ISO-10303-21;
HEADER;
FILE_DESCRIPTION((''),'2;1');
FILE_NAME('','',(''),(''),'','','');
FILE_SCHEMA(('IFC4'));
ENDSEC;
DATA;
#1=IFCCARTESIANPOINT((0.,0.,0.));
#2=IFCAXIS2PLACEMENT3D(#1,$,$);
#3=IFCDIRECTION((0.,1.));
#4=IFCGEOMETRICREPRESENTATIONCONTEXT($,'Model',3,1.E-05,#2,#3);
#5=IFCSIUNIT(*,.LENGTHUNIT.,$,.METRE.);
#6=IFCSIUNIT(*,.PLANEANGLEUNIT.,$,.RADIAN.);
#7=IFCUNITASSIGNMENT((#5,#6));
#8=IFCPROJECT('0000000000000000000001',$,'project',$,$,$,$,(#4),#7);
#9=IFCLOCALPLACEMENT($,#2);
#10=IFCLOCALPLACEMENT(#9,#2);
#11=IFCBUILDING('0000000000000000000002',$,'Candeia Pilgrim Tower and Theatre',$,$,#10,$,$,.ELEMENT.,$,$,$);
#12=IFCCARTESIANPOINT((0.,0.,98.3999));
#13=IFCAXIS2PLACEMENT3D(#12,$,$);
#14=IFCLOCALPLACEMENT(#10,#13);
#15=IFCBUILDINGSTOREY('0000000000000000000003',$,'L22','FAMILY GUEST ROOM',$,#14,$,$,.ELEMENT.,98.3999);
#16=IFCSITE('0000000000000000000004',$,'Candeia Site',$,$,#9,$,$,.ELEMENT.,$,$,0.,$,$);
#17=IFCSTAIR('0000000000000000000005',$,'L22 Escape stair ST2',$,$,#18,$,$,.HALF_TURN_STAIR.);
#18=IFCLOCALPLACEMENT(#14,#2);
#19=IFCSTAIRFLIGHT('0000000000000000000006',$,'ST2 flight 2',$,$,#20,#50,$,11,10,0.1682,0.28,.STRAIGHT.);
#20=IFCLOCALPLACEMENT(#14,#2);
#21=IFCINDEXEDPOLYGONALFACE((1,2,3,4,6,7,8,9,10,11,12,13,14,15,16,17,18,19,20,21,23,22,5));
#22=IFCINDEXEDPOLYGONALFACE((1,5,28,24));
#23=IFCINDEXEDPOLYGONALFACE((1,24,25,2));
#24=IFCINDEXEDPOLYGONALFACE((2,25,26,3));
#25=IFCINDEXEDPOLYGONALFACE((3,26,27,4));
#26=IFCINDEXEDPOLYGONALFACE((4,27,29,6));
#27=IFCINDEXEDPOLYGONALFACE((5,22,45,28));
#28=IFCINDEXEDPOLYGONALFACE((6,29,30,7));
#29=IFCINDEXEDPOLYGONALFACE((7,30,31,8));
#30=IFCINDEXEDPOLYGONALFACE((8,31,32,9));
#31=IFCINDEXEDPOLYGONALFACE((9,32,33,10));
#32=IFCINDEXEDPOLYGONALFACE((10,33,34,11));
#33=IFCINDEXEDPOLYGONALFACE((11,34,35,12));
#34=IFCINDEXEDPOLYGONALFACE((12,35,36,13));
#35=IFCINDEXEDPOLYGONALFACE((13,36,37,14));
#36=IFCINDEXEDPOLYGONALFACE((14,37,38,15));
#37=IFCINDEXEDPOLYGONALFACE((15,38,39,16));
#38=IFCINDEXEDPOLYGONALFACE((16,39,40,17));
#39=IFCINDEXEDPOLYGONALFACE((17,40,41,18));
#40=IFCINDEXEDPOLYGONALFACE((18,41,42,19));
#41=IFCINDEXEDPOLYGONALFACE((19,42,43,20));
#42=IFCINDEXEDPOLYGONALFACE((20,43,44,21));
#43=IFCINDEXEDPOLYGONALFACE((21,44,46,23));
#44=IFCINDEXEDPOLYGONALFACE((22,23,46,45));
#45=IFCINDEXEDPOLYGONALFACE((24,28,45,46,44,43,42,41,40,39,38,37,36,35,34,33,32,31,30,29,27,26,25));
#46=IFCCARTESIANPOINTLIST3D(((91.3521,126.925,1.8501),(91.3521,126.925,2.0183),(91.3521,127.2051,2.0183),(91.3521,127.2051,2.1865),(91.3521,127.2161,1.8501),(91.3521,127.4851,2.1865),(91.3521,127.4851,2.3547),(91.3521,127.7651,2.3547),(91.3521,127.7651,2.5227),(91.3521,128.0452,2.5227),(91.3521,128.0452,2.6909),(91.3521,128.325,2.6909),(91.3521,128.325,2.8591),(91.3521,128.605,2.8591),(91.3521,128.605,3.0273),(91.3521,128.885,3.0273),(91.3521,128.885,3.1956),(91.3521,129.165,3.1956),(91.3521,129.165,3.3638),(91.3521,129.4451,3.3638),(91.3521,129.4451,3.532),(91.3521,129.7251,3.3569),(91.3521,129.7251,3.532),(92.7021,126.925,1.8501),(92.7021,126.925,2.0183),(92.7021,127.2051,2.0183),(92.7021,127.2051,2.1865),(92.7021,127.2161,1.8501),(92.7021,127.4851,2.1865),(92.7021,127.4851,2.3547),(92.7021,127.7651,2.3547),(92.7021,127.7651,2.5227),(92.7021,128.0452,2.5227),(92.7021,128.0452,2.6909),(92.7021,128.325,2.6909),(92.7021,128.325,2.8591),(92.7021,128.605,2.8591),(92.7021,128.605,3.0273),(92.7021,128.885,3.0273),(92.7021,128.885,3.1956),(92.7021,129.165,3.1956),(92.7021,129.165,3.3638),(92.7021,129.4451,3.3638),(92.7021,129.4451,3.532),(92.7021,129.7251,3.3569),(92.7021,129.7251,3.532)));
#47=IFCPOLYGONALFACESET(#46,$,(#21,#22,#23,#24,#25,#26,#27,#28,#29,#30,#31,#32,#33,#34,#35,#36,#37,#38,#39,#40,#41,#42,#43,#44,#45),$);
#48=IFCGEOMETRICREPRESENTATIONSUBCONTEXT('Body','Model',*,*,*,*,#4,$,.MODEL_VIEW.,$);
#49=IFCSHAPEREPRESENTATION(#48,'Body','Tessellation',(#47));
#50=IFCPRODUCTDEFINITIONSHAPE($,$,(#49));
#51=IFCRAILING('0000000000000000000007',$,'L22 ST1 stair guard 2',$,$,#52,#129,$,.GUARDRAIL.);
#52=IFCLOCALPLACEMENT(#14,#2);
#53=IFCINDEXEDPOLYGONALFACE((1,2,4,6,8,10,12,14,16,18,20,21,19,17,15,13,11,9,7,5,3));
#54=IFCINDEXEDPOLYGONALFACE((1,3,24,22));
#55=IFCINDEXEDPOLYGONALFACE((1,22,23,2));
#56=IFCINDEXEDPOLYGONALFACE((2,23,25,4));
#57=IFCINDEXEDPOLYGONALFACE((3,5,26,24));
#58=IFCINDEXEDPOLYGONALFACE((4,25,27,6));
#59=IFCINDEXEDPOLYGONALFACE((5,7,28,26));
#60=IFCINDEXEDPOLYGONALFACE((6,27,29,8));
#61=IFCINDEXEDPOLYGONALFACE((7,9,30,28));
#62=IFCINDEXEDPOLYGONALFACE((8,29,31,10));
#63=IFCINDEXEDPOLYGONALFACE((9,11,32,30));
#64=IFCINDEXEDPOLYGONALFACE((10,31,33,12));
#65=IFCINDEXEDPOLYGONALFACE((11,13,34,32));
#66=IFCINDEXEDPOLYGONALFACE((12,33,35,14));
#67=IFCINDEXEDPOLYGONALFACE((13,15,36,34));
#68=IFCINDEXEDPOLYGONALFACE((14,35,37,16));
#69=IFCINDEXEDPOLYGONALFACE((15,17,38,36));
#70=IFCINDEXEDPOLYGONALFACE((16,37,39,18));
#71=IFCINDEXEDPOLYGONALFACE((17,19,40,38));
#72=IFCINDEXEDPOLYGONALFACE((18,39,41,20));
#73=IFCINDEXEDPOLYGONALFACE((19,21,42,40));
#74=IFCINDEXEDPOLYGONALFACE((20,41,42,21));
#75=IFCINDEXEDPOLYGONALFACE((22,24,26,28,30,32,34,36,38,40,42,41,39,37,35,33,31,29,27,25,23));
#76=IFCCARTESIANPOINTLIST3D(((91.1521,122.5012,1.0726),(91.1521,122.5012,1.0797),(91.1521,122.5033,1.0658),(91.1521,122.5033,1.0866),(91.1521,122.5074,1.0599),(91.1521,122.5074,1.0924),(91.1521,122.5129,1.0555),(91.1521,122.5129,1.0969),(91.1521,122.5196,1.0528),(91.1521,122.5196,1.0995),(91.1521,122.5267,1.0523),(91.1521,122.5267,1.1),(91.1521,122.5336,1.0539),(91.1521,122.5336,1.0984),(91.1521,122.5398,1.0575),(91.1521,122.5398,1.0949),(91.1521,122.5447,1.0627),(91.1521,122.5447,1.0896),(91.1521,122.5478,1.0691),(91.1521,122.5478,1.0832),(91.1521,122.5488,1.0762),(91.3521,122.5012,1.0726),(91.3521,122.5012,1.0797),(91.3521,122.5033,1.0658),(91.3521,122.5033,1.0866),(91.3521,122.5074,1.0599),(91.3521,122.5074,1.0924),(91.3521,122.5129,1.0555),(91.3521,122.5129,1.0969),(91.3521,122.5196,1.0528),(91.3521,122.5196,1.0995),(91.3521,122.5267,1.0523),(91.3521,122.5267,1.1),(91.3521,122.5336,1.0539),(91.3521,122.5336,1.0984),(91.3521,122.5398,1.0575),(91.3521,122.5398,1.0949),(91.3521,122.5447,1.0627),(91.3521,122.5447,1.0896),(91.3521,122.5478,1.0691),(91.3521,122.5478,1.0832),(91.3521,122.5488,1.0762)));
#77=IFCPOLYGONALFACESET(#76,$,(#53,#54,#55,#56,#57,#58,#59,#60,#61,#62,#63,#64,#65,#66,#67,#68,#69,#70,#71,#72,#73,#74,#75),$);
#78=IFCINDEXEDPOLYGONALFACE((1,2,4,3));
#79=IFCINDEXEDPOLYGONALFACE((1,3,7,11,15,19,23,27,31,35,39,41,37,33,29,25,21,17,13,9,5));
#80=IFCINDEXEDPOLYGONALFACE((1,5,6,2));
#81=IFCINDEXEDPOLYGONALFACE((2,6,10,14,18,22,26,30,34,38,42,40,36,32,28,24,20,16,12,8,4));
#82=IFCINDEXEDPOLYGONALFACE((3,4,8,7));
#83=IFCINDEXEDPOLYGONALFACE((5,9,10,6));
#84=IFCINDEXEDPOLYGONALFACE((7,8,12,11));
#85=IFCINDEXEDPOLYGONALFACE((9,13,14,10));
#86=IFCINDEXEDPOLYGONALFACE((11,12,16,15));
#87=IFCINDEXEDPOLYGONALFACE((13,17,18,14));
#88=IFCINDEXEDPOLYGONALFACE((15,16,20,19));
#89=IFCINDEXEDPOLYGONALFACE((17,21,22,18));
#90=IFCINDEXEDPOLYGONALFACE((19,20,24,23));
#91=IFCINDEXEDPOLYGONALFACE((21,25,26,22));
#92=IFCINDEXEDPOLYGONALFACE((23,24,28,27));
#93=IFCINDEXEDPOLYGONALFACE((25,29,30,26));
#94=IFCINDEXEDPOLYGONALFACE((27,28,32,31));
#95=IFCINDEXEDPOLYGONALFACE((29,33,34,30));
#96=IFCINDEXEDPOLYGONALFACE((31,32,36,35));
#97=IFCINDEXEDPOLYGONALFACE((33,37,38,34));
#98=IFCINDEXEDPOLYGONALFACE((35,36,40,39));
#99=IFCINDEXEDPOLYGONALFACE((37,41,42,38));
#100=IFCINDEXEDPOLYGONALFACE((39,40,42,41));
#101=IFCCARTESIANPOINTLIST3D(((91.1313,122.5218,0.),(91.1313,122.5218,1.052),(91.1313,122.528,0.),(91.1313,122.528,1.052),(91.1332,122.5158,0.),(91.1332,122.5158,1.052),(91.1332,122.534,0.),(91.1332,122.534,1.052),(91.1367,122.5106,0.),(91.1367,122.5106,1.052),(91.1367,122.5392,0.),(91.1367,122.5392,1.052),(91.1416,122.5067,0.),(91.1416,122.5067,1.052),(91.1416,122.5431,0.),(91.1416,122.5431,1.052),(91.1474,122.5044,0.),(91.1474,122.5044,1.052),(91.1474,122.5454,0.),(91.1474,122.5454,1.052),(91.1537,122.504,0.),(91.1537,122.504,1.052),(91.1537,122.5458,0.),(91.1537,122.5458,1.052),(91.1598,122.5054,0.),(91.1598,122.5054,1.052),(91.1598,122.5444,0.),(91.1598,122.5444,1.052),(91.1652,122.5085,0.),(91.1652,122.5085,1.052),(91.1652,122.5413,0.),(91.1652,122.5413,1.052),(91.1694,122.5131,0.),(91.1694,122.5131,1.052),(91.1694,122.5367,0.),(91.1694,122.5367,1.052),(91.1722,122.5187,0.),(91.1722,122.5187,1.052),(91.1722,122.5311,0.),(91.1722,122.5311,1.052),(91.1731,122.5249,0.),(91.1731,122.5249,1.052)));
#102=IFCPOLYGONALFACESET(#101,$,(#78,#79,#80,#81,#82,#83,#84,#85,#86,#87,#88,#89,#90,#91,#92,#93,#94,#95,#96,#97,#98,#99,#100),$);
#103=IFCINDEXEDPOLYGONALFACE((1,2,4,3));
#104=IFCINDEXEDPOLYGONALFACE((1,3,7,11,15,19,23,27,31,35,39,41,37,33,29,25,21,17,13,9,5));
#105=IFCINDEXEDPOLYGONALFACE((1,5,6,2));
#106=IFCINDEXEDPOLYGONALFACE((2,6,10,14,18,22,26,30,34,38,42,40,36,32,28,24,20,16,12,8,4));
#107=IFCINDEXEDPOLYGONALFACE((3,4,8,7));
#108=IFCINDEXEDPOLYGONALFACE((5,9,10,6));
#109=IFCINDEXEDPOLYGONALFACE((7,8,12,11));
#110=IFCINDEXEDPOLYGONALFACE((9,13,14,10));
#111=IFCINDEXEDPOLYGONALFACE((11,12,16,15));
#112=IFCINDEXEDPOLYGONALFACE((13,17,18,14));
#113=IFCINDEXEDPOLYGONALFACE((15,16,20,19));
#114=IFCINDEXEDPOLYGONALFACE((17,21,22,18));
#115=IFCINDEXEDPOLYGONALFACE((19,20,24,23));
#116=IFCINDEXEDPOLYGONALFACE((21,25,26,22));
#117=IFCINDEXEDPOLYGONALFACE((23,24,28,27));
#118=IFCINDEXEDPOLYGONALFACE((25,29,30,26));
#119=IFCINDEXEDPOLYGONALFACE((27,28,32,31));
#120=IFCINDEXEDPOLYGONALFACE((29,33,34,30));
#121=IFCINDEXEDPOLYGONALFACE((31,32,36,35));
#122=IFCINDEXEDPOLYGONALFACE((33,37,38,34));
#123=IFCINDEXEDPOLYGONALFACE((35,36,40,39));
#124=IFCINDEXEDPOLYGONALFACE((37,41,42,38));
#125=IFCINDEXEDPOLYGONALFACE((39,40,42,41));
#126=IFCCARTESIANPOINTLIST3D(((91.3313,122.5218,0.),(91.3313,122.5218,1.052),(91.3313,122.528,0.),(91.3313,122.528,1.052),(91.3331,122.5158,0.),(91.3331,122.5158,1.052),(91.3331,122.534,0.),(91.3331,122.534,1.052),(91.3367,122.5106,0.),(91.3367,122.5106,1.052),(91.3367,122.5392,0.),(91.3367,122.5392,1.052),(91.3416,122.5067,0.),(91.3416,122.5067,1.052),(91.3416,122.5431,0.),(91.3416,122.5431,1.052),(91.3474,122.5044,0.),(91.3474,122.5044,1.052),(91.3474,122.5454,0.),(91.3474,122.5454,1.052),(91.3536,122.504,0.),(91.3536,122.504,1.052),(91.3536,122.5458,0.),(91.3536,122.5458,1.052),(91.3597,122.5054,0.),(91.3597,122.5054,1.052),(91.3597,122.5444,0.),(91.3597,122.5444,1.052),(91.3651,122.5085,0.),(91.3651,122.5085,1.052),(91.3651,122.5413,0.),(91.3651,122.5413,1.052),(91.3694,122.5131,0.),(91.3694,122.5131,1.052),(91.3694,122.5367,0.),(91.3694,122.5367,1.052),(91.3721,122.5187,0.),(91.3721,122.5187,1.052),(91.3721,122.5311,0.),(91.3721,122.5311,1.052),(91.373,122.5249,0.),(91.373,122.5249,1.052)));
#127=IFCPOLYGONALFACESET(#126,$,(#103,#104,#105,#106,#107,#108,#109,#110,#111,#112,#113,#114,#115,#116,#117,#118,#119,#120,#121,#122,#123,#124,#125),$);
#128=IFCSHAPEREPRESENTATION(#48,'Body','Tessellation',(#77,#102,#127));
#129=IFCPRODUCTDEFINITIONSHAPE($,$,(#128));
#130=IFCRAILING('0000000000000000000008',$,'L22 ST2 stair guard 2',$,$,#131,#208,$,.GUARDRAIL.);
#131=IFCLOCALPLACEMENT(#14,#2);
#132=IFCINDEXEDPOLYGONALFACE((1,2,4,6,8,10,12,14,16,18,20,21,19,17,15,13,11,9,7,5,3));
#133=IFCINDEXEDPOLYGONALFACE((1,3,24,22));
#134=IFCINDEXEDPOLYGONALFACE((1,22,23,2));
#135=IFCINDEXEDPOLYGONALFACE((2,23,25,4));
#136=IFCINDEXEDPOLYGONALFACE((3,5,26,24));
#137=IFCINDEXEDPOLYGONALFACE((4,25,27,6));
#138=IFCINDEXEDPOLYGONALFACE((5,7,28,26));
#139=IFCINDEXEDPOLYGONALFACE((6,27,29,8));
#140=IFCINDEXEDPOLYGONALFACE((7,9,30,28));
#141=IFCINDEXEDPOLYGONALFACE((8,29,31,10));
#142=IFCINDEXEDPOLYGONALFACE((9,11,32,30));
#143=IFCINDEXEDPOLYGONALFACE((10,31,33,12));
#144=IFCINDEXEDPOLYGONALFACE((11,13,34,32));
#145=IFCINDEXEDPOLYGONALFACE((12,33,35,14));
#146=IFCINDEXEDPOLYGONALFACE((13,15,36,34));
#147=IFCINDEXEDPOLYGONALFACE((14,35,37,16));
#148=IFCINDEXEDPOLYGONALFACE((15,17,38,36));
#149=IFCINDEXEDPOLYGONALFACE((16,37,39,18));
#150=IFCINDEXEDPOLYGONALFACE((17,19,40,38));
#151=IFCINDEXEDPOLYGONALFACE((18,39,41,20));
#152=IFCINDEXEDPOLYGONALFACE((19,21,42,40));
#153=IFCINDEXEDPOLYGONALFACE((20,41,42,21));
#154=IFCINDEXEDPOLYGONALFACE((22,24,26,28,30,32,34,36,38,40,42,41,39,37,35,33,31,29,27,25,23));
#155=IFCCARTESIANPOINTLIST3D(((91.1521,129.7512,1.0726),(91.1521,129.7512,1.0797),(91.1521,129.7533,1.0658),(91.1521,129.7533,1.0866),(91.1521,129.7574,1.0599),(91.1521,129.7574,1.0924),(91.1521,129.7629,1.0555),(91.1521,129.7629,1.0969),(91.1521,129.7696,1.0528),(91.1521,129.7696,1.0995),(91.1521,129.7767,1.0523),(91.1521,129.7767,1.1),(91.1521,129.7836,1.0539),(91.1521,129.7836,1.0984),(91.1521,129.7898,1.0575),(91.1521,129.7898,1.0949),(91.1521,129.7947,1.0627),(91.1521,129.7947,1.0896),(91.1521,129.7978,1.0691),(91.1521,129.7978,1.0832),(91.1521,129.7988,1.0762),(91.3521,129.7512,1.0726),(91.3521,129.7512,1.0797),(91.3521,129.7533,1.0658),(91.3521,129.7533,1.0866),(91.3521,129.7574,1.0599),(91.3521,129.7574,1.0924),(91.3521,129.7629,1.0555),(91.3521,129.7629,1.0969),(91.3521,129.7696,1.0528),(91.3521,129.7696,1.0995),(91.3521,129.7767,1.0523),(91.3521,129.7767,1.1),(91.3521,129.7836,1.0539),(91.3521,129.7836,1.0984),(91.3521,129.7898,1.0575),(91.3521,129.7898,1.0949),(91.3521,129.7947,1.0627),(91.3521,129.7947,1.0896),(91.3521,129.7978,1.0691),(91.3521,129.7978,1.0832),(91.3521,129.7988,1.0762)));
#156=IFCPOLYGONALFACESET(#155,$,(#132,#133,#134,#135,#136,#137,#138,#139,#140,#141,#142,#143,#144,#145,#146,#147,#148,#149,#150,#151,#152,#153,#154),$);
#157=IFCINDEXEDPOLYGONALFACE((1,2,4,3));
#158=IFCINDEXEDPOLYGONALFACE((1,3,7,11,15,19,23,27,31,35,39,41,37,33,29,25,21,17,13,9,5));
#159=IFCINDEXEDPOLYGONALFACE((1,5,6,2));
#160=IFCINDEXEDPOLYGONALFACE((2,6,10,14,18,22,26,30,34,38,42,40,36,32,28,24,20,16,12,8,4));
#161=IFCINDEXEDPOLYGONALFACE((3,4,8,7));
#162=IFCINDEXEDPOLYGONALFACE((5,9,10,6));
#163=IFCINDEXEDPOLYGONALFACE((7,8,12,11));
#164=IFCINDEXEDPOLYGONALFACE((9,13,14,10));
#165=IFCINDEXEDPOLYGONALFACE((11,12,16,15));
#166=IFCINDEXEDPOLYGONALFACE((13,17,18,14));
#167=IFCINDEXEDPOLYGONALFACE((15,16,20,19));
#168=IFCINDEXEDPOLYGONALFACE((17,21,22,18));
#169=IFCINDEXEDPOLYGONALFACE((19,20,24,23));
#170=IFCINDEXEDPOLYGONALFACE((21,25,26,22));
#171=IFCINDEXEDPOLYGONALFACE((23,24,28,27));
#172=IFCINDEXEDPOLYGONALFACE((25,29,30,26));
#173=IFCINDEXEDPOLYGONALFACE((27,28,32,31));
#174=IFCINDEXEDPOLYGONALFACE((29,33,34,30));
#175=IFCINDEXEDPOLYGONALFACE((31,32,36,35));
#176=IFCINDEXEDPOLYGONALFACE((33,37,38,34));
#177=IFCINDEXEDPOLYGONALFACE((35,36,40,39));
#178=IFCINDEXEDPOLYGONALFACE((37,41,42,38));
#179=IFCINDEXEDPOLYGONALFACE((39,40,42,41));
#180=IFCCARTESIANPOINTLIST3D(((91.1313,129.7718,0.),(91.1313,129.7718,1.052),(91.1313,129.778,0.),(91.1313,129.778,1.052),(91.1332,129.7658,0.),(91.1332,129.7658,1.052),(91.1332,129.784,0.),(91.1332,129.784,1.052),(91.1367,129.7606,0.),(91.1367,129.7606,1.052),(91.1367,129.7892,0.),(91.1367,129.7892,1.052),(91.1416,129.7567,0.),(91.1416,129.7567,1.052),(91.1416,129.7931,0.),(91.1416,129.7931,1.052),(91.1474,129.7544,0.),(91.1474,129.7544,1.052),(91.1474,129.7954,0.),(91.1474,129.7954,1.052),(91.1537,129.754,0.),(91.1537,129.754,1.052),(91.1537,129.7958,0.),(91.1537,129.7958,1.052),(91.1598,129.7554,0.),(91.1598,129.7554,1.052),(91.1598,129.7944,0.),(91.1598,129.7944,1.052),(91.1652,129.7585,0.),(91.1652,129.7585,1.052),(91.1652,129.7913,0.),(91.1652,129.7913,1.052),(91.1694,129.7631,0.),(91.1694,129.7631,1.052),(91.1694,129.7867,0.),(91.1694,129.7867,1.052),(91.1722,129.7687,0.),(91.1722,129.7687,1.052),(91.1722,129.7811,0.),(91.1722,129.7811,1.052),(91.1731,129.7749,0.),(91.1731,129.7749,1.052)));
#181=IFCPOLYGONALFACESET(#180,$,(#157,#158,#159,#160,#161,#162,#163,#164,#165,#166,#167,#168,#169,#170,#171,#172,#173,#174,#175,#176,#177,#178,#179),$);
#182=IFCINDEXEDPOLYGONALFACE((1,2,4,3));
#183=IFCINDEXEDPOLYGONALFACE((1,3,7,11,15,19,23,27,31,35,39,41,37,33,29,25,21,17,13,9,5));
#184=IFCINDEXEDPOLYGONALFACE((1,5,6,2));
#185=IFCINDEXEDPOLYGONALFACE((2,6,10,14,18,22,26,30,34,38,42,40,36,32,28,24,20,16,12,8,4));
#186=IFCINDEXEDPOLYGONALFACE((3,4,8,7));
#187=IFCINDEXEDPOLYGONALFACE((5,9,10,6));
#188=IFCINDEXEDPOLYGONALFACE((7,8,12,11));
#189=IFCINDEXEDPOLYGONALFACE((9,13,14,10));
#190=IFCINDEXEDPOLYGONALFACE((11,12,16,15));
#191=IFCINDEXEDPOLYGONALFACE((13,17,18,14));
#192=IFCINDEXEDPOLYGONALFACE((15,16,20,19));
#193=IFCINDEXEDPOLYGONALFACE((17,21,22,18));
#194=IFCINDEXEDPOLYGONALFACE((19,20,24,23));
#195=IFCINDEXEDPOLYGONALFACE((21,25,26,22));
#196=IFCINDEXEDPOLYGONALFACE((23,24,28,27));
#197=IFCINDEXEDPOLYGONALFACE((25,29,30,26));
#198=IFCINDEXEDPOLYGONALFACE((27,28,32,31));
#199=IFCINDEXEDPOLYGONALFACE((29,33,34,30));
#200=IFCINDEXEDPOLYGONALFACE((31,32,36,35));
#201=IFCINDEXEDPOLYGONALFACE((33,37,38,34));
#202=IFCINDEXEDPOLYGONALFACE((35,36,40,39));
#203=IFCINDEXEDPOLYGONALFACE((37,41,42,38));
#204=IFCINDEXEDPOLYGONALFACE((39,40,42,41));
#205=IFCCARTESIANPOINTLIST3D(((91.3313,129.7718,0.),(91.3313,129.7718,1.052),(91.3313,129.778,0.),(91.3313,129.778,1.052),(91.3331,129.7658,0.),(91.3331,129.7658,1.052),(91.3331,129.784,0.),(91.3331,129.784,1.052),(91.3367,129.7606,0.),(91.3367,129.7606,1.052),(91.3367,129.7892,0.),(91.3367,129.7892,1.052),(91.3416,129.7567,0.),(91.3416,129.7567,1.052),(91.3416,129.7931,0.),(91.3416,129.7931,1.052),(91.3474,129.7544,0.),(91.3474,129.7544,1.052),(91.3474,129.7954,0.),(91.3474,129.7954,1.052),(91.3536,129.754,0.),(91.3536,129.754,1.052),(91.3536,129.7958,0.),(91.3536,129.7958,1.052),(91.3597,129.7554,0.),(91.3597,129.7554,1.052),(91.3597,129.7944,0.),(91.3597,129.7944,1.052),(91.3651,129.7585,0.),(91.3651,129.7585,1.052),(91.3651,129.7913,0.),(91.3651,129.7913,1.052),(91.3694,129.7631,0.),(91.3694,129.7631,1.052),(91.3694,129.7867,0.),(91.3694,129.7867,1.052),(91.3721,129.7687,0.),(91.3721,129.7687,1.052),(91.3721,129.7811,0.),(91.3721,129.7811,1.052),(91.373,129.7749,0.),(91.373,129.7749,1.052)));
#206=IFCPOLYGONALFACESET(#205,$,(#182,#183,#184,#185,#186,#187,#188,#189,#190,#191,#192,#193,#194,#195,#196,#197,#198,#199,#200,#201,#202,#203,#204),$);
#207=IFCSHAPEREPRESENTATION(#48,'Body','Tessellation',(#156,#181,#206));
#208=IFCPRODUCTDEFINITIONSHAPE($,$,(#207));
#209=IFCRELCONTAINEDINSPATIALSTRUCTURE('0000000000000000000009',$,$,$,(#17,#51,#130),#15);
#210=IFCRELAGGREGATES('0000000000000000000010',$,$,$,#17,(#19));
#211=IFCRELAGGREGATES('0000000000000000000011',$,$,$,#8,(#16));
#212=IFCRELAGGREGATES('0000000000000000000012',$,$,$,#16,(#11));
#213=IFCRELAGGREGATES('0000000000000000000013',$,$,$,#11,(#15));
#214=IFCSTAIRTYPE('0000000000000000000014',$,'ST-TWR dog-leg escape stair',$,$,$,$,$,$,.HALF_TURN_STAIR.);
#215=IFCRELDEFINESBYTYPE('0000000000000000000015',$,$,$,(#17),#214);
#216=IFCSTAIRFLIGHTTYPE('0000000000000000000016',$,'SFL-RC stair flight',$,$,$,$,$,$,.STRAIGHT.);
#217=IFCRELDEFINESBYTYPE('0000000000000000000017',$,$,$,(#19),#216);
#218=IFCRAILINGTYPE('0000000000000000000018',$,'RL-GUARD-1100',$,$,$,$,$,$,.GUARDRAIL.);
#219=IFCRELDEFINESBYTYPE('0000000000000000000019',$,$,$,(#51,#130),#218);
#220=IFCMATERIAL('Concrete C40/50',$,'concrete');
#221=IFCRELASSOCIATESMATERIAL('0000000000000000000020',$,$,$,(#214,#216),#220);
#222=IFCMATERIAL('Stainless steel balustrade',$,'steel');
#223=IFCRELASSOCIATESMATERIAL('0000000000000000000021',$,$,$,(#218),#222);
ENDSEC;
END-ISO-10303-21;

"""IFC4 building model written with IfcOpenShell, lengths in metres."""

from ifc_helpers import new_model, si_unit, direction, frame, origin, origin_2d, place, context, subcontext, project, spatial, polyline, circle, outline, extrude, material, type_object, element, aggregate, save


model = new_model("IFC4")

# Units and contexts
model_context = context("Model", 3, precision=1e-05, world=origin(), true_north=direction((0.0, 1.0)))
body_context = subcontext(model_context, "Body", "Model", "MODEL_VIEW")
ifc_project = project(units=[si_unit("LENGTHUNIT", "METRE"), si_unit("PLANEANGLEUNIT", "RADIAN")], contexts=[model_context])

# Site, building, storey
site_placement = place(None, origin())
site = spatial("IfcSite", under=ifc_project, at=site_placement, Name="Candeia Site", CompositionType="ELEMENT", RefElevation=0.0)
building_placement = place(site_placement, origin())
building = spatial("IfcBuilding", under=site, at=building_placement, Name="Candeia Pilgrim Tower and Theatre", CompositionType="ELEMENT")
storey_placement = place(building_placement, frame((0.0, 0.0, 98.3999)))
storey = spatial("IfcBuildingStorey", under=building, at=storey_placement, Name="L22", Description="FAMILY GUEST ROOM", CompositionType="ELEMENT", Elevation=98.3999)

# Shared definitions
ifc_material_1 = material(Name="Concrete C40/50", Category="concrete")

# Stair, stair flight
stair_type = type_object("IfcStairType", Name="ST-TWR dog-leg escape stair", PredefinedType="HALF_TURN_STAIR", material=ifc_material_1)
stair_flight_type = type_object("IfcStairFlightType", Name="SFL-RC stair flight", PredefinedType="STRAIGHT", material=ifc_material_1)
stair_1_placement = place(storey_placement, origin())
stair_1 = element("IfcStair", 1, at=stair_1_placement, inside=storey, type_object=stair_type, Name="L22 Escape stair ST2", PredefinedType="HALF_TURN_STAIR")
stair_flight_1_placement = place(storey_placement, frame((92.0271, 126.925, 1.8501), z_axis=(0.0, 0.0, 1.0), x_axis=(0.0, 1.0, 0.0)))
stair_flight_1 = element("IfcStairFlight", 2, at=stair_flight_1_placement, type_object=stair_flight_type, Name="ST2 flight 2", NumberOfRisers=11, NumberOfTreads=10, PredefinedType="STRAIGHT", RiserHeight=0.1682, TreadLength=0.28, context=body_context, shape_type="SweptSolid", body=[
    extrude(outline(polyline([(0.0, 0.0), (0.0, 0.1682), (0.28, 0.1682), (0.28, 0.3364), (0.5601, 0.3364), (0.5601, 0.5046), (0.8401, 0.5046), (0.8401, 0.6726), (1.1201, 0.6726), (1.1201, 0.8408), (1.3999, 0.8408), (1.3999, 1.009), (1.6799, 1.009), (1.6799, 1.1772), (1.96, 1.1772), (1.96, 1.3455), (2.24, 1.3455), (2.24, 1.5137), (2.52, 1.5137), (2.52, 1.6819), (2.8, 1.6819), (2.8, 1.8501), (2.8, 1.5068), (0.291, 0.0), (0.0, 0.0)])), frame((0.0, 0.675, 0.0), z_axis=(0.0, -1.0, 0.0), x_axis=(1.0, 0.0, 0.0)), (0.0, 0.0, 1.0), 1.3501),
])
aggregate(stair_1, [stair_flight_1])

# Railings
ifc_material_2 = material(Name="Stainless steel balustrade", Category="steel")
railing_type_1 = type_object("IfcRailingType", Name="RL-GUARD-1100", PredefinedType="GUARDRAIL", material=ifc_material_2)
railing_1_placement = place(storey_placement, frame((91.1521, 122.5249, 0.0)))
element("IfcRailing", 3, at=railing_1_placement, inside=storey, type_object=railing_type_1, Name="L22 ST1 stair guard 2", PredefinedType="GUARDRAIL", context=body_context, shape_type="SweptSolid", body=[
    extrude(circle(Radius=0.0239, at=origin_2d()), frame((0.0, 0.0, 1.0762), z_axis=(1.0, 0.0, 0.0), x_axis=(0.0, 1.0, 0.0)), (0.0, 0.0, 1.0), 0.2),
    extrude(circle(Radius=0.021, at=origin_2d()), origin(), (0.0, 0.0, 1.0), 1.052),
    extrude(circle(Radius=0.021, at=origin_2d()), frame((0.2, 0.0, 0.0)), (0.0, 0.0, 1.0), 1.052),
])
railing_2_placement = place(storey_placement, frame((91.1521, 129.7749, 0.0)))
element("IfcRailing", 4, at=railing_2_placement, inside=storey, type_object=railing_type_1, Name="L22 ST2 stair guard 2", PredefinedType="GUARDRAIL", context=body_context, shape_type="SweptSolid", body=[
    extrude(circle(Radius=0.0239, at=origin_2d()), frame((0.0, 0.0, 1.0762), z_axis=(1.0, 0.0, 0.0), x_axis=(0.0, 1.0, 0.0)), (0.0, 0.0, 1.0), 0.2),
    extrude(circle(Radius=0.021, at=origin_2d()), origin(), (0.0, 0.0, 1.0), 1.052),
    extrude(circle(Radius=0.021, at=origin_2d()), frame((0.2, 0.0, 0.0)), (0.0, 0.0, 1.0), 1.052),
])

save(model, "model.ifc")
